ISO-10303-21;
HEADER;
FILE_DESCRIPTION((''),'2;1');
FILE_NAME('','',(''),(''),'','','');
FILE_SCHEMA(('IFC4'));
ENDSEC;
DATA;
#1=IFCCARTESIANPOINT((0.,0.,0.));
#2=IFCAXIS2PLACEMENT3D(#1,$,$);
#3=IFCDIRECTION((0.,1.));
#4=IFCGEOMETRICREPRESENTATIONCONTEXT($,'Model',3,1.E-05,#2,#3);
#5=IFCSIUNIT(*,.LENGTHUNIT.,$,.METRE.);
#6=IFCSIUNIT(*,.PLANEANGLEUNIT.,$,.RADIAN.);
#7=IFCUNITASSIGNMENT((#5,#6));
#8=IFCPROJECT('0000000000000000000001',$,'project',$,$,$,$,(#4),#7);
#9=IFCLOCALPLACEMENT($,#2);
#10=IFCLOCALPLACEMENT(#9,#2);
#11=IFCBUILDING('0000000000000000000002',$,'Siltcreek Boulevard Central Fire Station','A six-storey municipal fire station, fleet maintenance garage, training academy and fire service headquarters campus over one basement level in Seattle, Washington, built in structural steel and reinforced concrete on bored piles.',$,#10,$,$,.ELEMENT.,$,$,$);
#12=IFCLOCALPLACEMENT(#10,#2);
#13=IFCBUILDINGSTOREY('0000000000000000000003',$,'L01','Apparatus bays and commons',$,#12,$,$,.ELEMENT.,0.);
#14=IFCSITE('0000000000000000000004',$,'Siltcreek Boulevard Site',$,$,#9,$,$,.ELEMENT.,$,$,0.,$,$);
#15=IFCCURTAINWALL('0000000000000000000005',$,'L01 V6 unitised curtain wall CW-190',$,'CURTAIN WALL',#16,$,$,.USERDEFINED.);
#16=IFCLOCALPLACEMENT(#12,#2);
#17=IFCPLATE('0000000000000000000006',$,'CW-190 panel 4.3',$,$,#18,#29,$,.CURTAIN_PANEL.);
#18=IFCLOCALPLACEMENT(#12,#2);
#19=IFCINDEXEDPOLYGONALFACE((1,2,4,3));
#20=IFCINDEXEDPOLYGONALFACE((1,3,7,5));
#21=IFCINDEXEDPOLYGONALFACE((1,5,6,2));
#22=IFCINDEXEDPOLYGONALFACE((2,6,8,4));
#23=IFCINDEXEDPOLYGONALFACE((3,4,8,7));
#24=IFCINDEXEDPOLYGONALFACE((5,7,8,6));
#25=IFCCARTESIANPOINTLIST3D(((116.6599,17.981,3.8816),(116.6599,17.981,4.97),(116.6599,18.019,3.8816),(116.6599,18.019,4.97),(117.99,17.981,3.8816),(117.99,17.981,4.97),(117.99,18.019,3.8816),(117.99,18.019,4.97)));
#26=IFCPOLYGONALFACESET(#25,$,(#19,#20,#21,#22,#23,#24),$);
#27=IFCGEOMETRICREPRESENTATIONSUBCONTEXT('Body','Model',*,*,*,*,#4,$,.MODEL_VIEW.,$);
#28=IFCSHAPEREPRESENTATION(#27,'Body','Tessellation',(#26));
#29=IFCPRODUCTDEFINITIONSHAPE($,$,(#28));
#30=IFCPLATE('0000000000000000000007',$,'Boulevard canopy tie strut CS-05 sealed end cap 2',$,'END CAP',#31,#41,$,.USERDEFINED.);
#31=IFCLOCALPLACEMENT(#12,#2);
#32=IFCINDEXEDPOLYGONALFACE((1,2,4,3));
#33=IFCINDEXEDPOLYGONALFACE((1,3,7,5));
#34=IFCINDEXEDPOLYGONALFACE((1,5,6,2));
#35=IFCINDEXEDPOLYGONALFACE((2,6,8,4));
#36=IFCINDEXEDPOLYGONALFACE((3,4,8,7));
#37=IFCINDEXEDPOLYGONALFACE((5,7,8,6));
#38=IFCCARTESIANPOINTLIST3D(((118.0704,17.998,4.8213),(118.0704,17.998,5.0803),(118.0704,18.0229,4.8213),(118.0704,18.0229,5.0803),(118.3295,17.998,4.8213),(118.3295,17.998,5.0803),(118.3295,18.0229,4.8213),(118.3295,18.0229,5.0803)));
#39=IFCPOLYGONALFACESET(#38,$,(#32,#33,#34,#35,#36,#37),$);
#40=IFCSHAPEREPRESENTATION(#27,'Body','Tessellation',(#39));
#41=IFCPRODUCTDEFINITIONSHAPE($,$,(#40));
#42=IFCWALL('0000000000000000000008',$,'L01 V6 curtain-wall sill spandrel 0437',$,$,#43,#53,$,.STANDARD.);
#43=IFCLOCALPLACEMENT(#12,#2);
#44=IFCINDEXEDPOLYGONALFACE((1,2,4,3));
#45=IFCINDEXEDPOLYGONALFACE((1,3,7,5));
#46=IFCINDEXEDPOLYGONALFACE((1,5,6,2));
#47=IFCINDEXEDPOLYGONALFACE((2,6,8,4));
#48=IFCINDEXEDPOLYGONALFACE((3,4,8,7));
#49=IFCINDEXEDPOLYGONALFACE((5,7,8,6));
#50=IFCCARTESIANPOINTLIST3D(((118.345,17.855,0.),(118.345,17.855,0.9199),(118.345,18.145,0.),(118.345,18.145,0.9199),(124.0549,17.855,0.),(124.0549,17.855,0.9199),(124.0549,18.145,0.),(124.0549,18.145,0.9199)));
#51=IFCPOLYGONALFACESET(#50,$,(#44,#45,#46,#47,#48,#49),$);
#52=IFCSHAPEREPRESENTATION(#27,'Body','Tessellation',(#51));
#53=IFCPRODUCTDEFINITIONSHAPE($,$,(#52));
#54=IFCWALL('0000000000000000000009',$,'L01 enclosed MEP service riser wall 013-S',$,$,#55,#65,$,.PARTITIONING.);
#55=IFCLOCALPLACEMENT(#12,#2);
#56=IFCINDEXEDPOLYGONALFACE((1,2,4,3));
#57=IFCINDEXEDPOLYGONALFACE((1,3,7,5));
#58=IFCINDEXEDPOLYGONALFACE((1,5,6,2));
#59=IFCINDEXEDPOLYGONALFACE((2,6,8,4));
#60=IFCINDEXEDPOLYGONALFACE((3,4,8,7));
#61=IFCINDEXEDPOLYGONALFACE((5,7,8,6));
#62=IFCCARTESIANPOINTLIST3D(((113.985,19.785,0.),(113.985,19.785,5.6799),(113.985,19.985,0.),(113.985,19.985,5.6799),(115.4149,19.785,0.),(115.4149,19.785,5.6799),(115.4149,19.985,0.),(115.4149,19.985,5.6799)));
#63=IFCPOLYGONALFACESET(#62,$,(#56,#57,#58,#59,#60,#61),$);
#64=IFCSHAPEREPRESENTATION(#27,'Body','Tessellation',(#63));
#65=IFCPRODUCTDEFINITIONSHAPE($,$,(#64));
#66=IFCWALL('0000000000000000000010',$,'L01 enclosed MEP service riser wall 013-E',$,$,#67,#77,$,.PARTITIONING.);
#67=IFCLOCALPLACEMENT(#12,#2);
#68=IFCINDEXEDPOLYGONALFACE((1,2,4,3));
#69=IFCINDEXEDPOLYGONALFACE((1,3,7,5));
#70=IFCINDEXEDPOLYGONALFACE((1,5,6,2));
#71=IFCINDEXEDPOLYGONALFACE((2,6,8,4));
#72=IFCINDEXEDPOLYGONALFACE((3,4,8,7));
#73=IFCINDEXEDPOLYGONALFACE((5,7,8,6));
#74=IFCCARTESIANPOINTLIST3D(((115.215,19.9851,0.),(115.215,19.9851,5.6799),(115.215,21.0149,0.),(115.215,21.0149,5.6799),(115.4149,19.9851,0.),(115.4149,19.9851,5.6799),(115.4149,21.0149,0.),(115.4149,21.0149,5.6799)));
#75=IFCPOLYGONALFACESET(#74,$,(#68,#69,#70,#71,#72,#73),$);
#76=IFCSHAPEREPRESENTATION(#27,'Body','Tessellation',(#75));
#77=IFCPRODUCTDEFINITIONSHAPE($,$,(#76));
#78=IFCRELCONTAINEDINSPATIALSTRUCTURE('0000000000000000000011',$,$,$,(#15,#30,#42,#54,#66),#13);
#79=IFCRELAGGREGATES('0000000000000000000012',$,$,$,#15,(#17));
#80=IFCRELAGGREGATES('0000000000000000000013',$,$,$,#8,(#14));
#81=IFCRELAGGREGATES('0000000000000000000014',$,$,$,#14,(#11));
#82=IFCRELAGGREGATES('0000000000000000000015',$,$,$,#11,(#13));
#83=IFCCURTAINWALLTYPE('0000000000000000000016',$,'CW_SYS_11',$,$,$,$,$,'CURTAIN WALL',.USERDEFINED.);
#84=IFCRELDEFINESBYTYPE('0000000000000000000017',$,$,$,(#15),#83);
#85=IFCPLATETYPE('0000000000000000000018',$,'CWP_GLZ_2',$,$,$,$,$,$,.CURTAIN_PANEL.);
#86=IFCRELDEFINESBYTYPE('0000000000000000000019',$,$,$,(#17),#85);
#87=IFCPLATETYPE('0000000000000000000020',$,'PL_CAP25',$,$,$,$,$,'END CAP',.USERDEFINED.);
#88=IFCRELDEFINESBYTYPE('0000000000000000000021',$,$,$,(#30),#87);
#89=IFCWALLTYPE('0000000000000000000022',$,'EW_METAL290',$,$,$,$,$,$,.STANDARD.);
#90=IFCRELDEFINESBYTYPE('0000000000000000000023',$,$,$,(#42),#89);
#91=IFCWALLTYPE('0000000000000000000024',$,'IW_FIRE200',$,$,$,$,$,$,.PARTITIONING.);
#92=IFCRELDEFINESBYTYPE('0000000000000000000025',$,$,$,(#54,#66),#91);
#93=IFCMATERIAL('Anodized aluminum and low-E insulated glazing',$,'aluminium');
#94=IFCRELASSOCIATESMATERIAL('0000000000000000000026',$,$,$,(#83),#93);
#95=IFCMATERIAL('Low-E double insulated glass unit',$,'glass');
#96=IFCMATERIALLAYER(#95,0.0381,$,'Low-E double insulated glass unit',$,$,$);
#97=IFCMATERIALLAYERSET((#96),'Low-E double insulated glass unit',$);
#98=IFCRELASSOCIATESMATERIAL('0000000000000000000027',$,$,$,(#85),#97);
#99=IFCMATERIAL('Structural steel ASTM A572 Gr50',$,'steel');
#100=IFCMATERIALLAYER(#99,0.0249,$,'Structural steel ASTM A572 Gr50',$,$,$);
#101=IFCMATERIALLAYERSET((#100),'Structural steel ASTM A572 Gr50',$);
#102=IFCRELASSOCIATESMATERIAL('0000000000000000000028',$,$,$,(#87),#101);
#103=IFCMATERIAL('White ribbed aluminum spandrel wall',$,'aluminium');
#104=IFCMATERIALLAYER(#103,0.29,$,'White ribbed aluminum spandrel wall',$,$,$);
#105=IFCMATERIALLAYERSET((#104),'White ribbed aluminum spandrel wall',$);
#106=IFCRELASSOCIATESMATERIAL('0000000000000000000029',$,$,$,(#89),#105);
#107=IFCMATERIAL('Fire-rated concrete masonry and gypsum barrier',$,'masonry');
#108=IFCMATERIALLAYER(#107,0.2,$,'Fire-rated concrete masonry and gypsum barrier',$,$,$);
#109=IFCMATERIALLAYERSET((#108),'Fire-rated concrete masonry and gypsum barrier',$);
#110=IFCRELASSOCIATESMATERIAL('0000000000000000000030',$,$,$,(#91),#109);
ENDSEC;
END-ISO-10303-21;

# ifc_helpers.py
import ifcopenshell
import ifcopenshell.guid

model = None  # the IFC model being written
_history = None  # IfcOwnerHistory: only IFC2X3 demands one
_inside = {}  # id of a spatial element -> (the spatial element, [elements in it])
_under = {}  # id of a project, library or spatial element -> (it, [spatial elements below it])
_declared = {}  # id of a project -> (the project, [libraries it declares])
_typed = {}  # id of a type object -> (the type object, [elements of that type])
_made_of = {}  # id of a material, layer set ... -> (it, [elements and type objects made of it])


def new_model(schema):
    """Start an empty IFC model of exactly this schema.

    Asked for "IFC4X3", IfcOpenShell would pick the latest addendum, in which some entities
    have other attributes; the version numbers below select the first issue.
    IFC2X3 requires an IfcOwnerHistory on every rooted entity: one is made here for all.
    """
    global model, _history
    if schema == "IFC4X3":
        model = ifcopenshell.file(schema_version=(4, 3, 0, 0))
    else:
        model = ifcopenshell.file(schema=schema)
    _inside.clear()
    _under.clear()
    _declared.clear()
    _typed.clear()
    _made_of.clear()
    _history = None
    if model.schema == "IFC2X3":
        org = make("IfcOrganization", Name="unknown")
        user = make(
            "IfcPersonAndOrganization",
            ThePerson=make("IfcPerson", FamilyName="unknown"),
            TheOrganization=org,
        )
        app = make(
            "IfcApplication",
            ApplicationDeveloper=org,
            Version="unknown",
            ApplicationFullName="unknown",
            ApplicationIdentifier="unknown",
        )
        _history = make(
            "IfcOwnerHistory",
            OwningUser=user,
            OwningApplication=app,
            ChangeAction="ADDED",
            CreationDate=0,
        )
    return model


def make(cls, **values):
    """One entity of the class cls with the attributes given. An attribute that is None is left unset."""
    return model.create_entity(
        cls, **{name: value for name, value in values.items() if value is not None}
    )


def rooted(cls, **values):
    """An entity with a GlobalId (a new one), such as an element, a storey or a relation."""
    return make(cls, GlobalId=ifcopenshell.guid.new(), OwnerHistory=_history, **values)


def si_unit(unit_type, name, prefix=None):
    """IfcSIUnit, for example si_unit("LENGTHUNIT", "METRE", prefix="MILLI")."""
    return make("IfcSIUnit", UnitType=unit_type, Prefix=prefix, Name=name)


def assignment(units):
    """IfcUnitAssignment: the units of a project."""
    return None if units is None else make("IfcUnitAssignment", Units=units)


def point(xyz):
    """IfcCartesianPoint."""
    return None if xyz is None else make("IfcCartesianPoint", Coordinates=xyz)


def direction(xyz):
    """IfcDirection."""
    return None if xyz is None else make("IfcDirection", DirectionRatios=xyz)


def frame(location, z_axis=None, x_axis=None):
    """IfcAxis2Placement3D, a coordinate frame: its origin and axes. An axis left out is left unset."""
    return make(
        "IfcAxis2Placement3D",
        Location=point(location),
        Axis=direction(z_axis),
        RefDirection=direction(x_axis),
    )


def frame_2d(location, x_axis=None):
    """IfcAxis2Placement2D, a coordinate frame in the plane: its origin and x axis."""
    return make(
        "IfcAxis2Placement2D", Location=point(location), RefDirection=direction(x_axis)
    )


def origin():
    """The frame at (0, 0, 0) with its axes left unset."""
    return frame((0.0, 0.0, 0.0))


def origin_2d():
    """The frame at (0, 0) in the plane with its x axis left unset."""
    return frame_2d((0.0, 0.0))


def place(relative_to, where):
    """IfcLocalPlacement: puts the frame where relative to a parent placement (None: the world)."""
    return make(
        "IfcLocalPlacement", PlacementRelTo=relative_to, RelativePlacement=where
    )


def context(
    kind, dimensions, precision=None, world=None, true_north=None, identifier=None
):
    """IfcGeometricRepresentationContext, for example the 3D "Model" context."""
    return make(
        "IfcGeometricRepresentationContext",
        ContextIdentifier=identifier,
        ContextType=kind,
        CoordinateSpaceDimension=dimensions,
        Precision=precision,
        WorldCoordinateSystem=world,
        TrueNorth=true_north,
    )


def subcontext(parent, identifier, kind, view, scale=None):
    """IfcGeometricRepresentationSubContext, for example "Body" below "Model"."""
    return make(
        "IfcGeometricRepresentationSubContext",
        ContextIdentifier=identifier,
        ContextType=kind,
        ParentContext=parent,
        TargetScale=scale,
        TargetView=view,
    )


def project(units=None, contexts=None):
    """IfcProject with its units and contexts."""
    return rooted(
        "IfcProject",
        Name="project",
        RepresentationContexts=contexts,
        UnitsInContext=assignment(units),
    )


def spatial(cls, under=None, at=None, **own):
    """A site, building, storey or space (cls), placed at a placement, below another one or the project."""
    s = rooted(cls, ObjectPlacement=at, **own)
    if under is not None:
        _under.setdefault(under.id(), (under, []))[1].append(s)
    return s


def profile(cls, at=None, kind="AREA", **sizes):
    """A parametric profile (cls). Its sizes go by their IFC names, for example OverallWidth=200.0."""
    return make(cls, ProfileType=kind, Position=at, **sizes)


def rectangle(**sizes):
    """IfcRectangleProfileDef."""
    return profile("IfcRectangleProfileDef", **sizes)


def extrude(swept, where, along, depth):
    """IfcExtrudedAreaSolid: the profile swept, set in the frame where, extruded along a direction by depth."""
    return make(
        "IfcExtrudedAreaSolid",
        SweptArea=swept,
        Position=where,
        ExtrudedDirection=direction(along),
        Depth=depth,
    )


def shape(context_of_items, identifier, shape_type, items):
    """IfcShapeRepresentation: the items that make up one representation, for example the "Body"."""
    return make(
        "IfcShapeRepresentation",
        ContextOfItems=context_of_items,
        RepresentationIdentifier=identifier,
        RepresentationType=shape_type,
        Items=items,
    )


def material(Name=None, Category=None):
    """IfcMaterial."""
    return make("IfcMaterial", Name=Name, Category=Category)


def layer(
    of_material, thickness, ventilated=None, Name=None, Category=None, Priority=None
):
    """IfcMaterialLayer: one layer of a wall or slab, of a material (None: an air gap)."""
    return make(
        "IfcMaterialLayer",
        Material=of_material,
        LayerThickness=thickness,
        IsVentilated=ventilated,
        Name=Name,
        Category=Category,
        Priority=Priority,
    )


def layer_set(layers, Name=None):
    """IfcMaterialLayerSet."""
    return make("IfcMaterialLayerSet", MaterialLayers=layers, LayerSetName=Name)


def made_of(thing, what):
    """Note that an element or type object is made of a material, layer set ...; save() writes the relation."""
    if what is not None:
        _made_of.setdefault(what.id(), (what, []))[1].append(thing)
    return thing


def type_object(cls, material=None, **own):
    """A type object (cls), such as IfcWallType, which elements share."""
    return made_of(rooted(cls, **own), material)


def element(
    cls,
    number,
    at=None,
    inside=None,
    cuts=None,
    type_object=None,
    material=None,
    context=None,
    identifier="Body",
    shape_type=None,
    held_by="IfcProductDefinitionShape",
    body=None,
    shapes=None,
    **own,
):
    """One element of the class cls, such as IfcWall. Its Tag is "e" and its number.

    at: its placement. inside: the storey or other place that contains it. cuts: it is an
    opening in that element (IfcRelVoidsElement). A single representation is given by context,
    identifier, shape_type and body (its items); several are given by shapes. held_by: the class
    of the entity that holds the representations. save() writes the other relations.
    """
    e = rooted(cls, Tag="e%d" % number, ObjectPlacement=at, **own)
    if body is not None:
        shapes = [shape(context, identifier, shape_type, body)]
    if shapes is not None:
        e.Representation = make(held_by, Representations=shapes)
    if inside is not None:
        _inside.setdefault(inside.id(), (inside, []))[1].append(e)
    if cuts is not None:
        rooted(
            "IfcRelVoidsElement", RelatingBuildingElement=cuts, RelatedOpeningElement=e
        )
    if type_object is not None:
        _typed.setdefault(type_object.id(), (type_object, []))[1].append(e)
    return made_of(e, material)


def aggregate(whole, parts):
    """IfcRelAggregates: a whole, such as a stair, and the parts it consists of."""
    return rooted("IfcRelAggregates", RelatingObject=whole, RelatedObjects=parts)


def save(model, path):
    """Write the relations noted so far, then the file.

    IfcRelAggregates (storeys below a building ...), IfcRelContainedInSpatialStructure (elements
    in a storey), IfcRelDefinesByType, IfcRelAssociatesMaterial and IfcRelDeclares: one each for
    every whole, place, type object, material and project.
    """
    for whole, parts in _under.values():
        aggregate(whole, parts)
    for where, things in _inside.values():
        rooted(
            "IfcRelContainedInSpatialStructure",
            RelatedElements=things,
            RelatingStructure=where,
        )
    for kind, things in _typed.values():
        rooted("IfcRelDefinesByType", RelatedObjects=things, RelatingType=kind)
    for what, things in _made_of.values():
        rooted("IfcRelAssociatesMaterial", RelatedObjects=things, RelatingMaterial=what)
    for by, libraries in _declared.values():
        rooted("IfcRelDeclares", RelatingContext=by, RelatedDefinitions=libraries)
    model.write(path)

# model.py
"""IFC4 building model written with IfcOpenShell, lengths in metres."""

from ifc_helpers import new_model, si_unit, direction, frame, frame_2d, origin, origin_2d, place, context, subcontext, project, spatial, rectangle, extrude, material, layer, layer_set, type_object, element, aggregate, save


model = new_model("IFC4")

# Units and contexts
model_context = context("Model", 3, precision=1e-05, world=origin(), true_north=direction((0.0, 1.0)))
body_context = subcontext(model_context, "Body", "Model", "MODEL_VIEW")
ifc_project = project(units=[si_unit("LENGTHUNIT", "METRE"), si_unit("PLANEANGLEUNIT", "RADIAN")], contexts=[model_context])

# Site, building, storey
site_placement = place(None, origin())
site = spatial("IfcSite", under=ifc_project, at=site_placement, Name="Siltcreek Boulevard Site", CompositionType="ELEMENT", RefElevation=0.0)
building_placement = place(site_placement, origin())
building = spatial("IfcBuilding", under=site, at=building_placement, Name="Siltcreek Boulevard Central Fire Station", Description="A six-storey municipal fire station, fleet maintenance garage, training academy and fire service headquarters campus over one basement level in Seattle, Washington, built in structural steel and reinforced concrete on bored piles.", CompositionType="ELEMENT")
storey_placement = place(building_placement, origin())
storey = spatial("IfcBuildingStorey", under=building, at=storey_placement, Name="L01", Description="Apparatus bays and commons", CompositionType="ELEMENT", Elevation=0.0)

# Shared definitions
ifc_material_1 = material(Name="Anodized aluminum and low-E insulated glazing", Category="aluminium")

# Curtain wall
curtain_wall_type_1 = type_object("IfcCurtainWallType", Name="CW_SYS_11", ElementType="CURTAIN WALL", PredefinedType="USERDEFINED", material=ifc_material_1)
curtain_wall_1_placement = place(storey_placement, origin())
curtain_wall_1 = element("IfcCurtainWall", 1, at=curtain_wall_1_placement, inside=storey, type_object=curtain_wall_type_1, Name="L01 V6 unitised curtain wall CW-190", ObjectType="CURTAIN WALL", PredefinedType="USERDEFINED")

# Plates
ifc_material_2 = material(Name="Low-E double insulated glass unit", Category="glass")
ifc_layer_1 = layer(ifc_material_2, 0.0381, Name="Low-E double insulated glass unit")
ifc_layer_set_1 = layer_set([ifc_layer_1], Name="Low-E double insulated glass unit")
plate_type_1 = type_object("IfcPlateType", Name="CWP_GLZ_2", PredefinedType="CURTAIN_PANEL", material=ifc_layer_set_1)
plate_1_placement = place(storey_placement, frame((117.325, 18.0, 3.8816), z_axis=(0.0, 0.0, 1.0), x_axis=(1.0, 0.0, 0.0)))
plate_1 = element("IfcPlate", 2, at=plate_1_placement, type_object=plate_type_1, Name="CW-190 panel 4.3", PredefinedType="CURTAIN_PANEL", context=body_context, shape_type="SweptSolid", body=[
    extrude(rectangle(XDim=1.3301, YDim=0.0381, at=origin_2d()), origin(), (0.0, 0.0, 1.0), 1.0884),
])
aggregate(curtain_wall_1, [plate_1])
ifc_material_3 = material(Name="Structural steel ASTM A572 Gr50", Category="steel")
ifc_layer_2 = layer(ifc_material_3, 0.0249, Name="Structural steel ASTM A572 Gr50")
ifc_layer_set_2 = layer_set([ifc_layer_2], Name="Structural steel ASTM A572 Gr50")
plate_type_2 = type_object("IfcPlateType", Name="PL_CAP25", ElementType="END CAP", PredefinedType="USERDEFINED", material=ifc_layer_set_2)
plate_2_placement = place(storey_placement, frame((118.2, 18.0105, 4.8213), z_axis=(0.0, 0.0, 1.0), x_axis=(0.0, 1.0, 0.0)))
element("IfcPlate", 3, at=plate_2_placement, inside=storey, type_object=plate_type_2, Name="Boulevard canopy tie strut CS-05 sealed end cap 2", ObjectType="END CAP", PredefinedType="USERDEFINED", context=body_context, shape_type="SweptSolid", body=[
    extrude(rectangle(XDim=0.0249, YDim=0.259, at=origin_2d()), origin(), (0.0, 0.0, 1.0), 0.259),
])

# Walls
ifc_material_4 = material(Name="White ribbed aluminum spandrel wall", Category="aluminium")
ifc_layer_3 = layer(ifc_material_4, 0.29, Name="White ribbed aluminum spandrel wall")
ifc_layer_set_3 = layer_set([ifc_layer_3], Name="White ribbed aluminum spandrel wall")
wall_type_1 = type_object("IfcWallType", Name="EW_METAL290", PredefinedType="STANDARD", material=ifc_layer_set_3)
wall_1_placement = place(storey_placement, frame((118.345, 18.0, 0.0), z_axis=(0.0, 0.0, 1.0), x_axis=(1.0, 0.0, 0.0)))
element("IfcWall", 4, at=wall_1_placement, inside=storey, type_object=wall_type_1, Name="L01 V6 curtain-wall sill spandrel 0437", PredefinedType="STANDARD", context=body_context, shape_type="SweptSolid", body=[
    extrude(rectangle(XDim=5.71, YDim=0.29, at=frame_2d((2.855, 0.0))), origin(), (0.0, 0.0, 1.0), 0.9199),
])
ifc_material_5 = material(Name="Fire-rated concrete masonry and gypsum barrier", Category="masonry")
ifc_layer_4 = layer(ifc_material_5, 0.2, Name="Fire-rated concrete masonry and gypsum barrier")
ifc_layer_set_4 = layer_set([ifc_layer_4], Name="Fire-rated concrete masonry and gypsum barrier")
wall_type_2 = type_object("IfcWallType", Name="IW_FIRE200", PredefinedType="PARTITIONING", material=ifc_layer_set_4)
wall_2_placement = place(storey_placement, frame((113.9851, 19.885, 0.0), z_axis=(0.0, 0.0, 1.0), x_axis=(1.0, 0.0, 0.0)))
element("IfcWall", 5, at=wall_2_placement, inside=storey, type_object=wall_type_2, Name="L01 enclosed MEP service riser wall 013-S", PredefinedType="PARTITIONING", context=body_context, shape_type="SweptSolid", body=[
    extrude(rectangle(XDim=1.4299, YDim=0.2, at=frame_2d((0.7148, 0.0))), origin(), (0.0, 0.0, 1.0), 5.6799),
])
wall_3_placement = place(storey_placement, frame((115.3149, 19.9851, 0.0), z_axis=(0.0, 0.0, 1.0), x_axis=(0.0, 1.0, 0.0)))
element("IfcWall", 6, at=wall_3_placement, inside=storey, type_object=wall_type_2, Name="L01 enclosed MEP service riser wall 013-E", PredefinedType="PARTITIONING", context=body_context, shape_type="SweptSolid", body=[
    extrude(rectangle(XDim=1.0298, YDim=0.2, at=frame_2d((0.5149, 0.0))), origin(), (0.0, 0.0, 1.0), 5.6799),
])

save(model, "model.ifc")
